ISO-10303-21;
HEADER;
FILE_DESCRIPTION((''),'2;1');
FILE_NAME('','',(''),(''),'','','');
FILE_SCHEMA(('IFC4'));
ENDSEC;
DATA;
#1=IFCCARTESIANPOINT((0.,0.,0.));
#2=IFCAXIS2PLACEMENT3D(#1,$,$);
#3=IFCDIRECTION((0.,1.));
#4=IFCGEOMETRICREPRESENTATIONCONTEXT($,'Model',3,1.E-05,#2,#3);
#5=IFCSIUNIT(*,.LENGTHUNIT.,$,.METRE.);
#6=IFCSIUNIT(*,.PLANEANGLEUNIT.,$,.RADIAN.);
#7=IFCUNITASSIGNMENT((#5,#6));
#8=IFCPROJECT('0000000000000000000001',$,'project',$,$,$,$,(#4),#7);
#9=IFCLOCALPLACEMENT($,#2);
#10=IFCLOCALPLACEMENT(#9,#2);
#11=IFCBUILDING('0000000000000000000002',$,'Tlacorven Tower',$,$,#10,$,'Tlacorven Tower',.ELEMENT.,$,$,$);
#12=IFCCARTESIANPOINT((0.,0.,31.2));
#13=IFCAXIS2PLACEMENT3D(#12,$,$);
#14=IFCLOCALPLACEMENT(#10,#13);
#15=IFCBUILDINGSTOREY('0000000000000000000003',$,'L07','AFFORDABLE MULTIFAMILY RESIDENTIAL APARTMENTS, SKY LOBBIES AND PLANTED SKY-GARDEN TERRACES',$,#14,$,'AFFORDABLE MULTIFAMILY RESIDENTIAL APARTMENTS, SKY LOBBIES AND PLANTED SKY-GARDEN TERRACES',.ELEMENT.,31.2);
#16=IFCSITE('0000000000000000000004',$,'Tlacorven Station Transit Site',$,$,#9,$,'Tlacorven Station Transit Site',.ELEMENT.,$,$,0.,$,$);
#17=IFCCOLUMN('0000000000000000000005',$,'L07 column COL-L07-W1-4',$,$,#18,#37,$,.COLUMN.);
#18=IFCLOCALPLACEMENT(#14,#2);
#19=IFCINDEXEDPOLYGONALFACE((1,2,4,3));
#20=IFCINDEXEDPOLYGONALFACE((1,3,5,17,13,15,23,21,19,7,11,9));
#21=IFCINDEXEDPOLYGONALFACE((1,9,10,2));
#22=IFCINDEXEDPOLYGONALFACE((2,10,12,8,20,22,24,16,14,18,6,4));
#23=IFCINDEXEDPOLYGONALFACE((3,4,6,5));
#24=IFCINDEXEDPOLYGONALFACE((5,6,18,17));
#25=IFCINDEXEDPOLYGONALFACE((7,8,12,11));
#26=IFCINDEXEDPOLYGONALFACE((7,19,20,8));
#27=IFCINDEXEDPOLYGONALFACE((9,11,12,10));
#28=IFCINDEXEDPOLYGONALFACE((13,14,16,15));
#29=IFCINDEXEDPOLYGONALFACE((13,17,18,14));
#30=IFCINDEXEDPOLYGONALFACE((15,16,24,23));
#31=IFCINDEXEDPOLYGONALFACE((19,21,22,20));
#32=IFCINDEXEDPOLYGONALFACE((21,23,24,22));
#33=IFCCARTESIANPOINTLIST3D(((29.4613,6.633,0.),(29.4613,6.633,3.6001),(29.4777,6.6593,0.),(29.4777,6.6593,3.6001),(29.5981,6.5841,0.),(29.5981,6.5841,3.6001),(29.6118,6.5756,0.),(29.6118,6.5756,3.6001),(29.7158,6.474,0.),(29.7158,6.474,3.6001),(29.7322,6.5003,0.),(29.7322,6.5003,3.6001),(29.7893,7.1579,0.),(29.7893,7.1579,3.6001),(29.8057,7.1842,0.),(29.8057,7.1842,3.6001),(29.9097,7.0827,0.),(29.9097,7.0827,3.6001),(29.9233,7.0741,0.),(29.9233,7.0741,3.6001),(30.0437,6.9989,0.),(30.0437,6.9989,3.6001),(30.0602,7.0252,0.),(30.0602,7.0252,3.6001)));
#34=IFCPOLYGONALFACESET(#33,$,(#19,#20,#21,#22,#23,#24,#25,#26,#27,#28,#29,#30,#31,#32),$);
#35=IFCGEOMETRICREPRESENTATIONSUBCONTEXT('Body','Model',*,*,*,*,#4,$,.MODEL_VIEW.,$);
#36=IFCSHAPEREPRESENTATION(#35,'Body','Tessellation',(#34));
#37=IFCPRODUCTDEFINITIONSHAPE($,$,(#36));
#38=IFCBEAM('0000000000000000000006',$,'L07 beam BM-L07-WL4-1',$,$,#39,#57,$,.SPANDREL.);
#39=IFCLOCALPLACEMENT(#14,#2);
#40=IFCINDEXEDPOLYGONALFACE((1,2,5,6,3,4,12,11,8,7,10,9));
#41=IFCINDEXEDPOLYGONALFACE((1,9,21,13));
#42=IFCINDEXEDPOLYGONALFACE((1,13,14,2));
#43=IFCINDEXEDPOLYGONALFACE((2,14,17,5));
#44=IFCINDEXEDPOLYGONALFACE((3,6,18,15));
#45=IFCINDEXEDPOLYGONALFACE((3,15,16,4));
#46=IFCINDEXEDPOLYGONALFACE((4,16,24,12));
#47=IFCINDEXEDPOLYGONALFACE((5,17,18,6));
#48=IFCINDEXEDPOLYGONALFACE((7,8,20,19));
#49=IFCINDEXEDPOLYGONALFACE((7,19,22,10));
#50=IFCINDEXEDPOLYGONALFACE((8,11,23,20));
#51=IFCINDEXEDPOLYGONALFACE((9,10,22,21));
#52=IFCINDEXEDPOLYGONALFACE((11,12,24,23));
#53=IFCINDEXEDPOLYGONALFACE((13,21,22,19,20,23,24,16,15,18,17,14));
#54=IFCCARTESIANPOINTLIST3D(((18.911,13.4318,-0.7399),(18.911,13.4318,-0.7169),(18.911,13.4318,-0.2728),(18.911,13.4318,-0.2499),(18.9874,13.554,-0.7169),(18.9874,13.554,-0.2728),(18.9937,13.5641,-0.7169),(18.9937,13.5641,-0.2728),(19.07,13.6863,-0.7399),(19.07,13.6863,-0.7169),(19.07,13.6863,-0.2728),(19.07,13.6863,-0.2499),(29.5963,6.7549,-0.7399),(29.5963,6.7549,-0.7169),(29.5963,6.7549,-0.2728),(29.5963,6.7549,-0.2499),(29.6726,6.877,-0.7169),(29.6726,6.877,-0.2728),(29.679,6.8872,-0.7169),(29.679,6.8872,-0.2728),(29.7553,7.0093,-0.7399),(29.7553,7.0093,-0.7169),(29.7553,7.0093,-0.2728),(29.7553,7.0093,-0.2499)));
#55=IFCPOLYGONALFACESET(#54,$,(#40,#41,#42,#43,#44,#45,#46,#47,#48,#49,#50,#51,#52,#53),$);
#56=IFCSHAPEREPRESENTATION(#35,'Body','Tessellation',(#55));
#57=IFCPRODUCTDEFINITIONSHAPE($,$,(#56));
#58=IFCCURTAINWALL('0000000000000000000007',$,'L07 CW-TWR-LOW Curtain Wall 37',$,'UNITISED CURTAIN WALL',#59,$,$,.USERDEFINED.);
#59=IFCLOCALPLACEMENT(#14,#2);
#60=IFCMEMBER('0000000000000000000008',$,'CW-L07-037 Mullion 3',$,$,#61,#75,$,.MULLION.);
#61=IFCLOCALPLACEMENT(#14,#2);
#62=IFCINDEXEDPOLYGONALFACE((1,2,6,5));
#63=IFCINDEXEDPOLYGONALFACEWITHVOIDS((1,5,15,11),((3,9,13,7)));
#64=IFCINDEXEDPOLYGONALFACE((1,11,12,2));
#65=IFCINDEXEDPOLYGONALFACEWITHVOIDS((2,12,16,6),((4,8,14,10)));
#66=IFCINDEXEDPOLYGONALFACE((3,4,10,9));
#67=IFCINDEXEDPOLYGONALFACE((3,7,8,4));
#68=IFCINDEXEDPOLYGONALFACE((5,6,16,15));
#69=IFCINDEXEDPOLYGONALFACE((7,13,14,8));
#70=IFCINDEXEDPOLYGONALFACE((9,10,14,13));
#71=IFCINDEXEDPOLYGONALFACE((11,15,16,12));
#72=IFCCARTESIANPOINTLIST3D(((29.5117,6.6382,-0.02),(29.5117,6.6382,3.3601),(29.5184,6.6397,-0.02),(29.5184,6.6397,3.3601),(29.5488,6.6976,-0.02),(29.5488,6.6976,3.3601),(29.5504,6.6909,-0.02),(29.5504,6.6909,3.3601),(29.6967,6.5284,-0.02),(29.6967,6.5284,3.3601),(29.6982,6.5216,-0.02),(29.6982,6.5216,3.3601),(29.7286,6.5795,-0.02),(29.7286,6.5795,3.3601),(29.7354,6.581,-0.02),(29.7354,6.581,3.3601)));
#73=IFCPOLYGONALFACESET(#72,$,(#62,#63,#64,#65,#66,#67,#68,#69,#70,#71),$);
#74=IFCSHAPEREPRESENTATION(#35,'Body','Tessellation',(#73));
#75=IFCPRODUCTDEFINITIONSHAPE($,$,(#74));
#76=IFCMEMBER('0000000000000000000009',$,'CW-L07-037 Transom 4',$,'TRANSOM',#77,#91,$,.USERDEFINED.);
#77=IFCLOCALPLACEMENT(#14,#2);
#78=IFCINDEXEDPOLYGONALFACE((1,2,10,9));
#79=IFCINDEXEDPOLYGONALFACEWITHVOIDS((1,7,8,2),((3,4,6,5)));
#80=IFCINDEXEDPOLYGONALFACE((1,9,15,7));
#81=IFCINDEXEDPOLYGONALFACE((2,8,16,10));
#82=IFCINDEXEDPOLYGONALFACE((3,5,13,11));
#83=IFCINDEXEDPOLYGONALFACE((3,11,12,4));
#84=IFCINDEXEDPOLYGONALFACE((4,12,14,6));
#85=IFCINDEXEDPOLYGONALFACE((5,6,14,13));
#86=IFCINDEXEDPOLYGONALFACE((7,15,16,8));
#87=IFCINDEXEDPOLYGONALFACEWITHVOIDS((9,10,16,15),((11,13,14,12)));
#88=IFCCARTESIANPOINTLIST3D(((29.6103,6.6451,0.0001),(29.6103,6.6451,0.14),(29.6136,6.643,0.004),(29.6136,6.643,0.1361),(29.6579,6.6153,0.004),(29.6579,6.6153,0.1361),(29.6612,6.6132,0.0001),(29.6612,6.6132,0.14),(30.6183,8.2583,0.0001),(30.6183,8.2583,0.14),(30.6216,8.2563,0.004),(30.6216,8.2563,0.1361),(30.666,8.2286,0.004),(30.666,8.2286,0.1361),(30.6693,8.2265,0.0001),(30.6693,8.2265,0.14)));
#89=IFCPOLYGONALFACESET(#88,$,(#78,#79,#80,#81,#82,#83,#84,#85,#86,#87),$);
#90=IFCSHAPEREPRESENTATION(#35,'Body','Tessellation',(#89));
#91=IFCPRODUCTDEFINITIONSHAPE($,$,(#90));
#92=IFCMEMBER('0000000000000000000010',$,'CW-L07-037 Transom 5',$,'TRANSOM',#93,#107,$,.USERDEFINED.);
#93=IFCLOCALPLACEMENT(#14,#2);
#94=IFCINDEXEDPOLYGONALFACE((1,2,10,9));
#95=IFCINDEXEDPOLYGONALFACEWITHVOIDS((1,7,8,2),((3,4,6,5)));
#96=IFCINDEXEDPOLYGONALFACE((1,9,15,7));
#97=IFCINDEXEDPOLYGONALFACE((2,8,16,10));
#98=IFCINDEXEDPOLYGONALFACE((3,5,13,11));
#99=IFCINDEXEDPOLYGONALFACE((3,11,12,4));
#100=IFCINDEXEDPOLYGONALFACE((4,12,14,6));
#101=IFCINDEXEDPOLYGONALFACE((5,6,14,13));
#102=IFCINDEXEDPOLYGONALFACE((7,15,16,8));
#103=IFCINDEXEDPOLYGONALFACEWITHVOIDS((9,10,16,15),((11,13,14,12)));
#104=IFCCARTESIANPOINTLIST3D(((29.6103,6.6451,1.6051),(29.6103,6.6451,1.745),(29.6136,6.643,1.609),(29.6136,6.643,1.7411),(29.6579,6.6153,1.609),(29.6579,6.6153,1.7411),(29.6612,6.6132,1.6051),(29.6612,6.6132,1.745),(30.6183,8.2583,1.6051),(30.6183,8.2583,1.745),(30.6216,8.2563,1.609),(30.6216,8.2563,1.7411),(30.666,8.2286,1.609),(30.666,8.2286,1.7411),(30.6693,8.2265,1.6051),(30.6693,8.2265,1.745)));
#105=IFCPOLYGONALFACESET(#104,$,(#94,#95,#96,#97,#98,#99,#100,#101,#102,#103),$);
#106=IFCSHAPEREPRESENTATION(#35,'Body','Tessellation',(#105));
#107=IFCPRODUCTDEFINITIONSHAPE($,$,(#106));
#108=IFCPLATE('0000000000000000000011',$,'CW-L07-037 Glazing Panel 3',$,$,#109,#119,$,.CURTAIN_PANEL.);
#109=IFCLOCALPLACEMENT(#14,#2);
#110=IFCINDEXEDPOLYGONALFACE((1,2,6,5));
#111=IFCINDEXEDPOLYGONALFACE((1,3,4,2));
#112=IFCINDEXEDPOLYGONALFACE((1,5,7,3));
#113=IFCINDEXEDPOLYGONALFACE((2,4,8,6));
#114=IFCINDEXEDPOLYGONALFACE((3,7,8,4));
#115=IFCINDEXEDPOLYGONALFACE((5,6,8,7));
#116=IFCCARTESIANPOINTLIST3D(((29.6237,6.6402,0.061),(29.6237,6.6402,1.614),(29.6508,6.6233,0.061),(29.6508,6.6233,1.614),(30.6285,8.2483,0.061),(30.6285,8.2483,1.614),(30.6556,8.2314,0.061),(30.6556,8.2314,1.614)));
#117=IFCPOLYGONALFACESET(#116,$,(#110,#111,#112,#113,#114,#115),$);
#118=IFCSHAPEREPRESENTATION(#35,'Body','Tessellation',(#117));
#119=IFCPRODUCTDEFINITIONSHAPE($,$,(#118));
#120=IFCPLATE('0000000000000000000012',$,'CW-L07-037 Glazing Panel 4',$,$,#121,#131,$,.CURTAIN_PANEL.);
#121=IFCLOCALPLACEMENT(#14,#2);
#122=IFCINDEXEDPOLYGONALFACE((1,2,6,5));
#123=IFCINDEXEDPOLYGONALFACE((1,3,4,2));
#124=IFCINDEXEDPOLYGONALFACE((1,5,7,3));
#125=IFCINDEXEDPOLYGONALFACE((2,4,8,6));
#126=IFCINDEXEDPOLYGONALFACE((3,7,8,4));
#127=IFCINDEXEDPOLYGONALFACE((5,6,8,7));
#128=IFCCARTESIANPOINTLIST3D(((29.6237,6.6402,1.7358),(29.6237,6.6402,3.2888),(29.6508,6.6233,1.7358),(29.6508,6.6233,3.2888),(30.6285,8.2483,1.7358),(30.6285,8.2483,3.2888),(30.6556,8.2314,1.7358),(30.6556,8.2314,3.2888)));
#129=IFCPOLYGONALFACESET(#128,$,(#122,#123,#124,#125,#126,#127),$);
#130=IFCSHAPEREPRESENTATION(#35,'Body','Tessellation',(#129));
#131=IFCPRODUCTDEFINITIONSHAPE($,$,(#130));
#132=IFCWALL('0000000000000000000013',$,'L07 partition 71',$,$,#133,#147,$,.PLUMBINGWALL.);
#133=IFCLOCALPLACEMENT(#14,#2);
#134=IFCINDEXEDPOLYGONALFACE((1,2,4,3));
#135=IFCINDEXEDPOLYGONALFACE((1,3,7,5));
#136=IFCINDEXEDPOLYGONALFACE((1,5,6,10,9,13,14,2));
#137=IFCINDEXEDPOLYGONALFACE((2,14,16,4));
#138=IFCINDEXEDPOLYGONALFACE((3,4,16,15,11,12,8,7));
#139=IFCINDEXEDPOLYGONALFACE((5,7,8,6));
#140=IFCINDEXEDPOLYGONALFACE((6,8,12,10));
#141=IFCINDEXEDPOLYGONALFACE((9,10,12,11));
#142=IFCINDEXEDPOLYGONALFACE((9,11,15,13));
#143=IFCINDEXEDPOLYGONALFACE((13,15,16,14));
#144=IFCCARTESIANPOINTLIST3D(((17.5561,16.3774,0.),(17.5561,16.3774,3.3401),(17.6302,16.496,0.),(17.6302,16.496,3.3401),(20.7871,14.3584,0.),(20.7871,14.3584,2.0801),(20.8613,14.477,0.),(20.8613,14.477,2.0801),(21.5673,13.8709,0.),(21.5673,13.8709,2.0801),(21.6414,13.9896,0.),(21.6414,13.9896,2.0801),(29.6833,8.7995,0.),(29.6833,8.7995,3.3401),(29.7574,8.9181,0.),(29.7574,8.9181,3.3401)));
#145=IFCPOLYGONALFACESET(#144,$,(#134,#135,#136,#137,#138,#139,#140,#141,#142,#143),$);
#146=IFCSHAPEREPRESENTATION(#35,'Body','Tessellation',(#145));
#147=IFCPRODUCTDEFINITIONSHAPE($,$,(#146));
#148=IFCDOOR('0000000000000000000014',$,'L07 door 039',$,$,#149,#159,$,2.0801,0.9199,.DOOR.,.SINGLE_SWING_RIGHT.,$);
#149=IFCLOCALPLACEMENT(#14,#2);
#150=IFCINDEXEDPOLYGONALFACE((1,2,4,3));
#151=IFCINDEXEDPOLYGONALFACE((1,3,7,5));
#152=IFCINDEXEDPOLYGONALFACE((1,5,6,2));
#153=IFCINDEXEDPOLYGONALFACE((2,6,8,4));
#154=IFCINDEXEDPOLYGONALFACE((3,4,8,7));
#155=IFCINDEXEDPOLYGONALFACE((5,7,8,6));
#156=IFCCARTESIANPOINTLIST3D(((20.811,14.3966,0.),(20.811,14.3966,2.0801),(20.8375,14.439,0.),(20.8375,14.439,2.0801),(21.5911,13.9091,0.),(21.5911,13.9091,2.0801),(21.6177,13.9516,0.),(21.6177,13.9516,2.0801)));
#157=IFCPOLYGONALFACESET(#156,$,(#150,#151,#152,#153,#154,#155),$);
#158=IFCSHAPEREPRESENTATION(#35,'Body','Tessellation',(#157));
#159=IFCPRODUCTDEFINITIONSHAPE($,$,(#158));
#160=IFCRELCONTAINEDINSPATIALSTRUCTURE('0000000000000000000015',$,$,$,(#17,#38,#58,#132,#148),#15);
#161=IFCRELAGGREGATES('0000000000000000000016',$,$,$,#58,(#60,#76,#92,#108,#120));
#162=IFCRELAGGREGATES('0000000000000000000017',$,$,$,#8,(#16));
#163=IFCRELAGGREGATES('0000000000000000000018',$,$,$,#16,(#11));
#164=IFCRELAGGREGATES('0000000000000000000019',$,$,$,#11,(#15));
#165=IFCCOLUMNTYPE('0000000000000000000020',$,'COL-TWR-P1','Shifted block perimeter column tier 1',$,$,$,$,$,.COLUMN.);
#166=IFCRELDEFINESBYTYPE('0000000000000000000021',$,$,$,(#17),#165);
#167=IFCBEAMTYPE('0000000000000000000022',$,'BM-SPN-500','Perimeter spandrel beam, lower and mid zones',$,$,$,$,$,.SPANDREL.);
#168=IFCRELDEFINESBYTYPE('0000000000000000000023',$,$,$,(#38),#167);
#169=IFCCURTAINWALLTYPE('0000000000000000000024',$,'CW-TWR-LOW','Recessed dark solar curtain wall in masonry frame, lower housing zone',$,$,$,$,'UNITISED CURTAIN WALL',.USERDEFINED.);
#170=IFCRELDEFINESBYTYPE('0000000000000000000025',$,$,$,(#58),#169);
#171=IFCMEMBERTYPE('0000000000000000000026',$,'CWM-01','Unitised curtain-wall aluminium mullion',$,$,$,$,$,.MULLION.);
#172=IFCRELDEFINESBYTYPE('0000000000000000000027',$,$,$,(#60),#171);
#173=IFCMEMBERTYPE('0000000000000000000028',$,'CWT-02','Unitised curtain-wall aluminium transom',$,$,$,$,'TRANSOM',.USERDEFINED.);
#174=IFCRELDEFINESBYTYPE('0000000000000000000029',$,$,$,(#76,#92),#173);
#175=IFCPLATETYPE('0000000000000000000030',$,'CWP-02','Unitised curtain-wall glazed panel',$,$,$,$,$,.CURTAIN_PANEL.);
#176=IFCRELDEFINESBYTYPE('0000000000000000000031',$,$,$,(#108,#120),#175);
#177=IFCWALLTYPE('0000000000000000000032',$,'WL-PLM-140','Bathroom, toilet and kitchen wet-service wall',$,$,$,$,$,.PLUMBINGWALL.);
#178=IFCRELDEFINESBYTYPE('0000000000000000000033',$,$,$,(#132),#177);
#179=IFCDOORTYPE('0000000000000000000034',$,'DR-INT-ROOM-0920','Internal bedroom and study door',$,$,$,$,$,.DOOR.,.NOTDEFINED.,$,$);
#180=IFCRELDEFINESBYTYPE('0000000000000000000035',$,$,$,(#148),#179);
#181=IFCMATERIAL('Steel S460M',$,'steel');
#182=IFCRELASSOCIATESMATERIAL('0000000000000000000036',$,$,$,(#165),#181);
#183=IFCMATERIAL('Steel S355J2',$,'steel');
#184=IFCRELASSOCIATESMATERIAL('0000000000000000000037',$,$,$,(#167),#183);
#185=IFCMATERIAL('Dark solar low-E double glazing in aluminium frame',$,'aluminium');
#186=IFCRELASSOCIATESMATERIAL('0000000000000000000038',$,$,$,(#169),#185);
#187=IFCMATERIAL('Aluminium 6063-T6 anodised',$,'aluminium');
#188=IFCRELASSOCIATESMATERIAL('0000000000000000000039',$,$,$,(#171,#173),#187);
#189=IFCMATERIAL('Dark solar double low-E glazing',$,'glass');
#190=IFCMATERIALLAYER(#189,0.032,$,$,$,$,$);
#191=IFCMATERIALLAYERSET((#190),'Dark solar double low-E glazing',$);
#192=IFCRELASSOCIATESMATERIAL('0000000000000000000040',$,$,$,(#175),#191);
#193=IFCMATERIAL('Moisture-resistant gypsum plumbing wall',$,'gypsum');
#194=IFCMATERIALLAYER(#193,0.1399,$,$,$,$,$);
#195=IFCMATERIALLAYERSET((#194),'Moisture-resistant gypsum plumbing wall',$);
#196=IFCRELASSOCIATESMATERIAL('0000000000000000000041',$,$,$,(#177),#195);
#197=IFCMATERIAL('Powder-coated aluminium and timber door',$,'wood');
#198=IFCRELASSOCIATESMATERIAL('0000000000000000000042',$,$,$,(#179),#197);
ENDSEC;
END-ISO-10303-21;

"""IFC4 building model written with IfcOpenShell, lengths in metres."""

from ifc_helpers import new_model, si_unit, direction, frame, frame_2d, origin, origin_2d, place, context, subcontext, project, spatial, rectangle, hollow_rectangle, i_section, extrude, source, transform, mapped, material, layer, layer_set, material_profile, profile_set, type_object, element, fill, aggregate, save


model = new_model("IFC4")

# Units and contexts
model_context = context("Model", 3, precision=1e-05, world=origin(), true_north=direction((0.0, 1.0)))
body_context = subcontext(model_context, "Body", "Model", "MODEL_VIEW")
ifc_project = project(units=[si_unit("LENGTHUNIT", "METRE"), si_unit("PLANEANGLEUNIT", "RADIAN")], contexts=[model_context])

# Site, building, storey
site_placement = place(None, origin())
site = spatial("IfcSite", under=ifc_project, at=site_placement, Name="Tlacorven Station Transit Site", LongName="Tlacorven Station Transit Site", CompositionType="ELEMENT", RefElevation=0.0)
building_placement = place(site_placement, origin())
building = spatial("IfcBuilding", under=site, at=building_placement, Name="Tlacorven Tower", LongName="Tlacorven Tower", CompositionType="ELEMENT")
storey_placement = place(building_placement, frame((0.0, 0.0, 31.2)))
storey = spatial("IfcBuildingStorey", under=building, at=storey_placement, Name="L07", Description="AFFORDABLE MULTIFAMILY RESIDENTIAL APARTMENTS, SKY LOBBIES AND PLANTED SKY-GARDEN TERRACES", LongName="AFFORDABLE MULTIFAMILY RESIDENTIAL APARTMENTS, SKY LOBBIES AND PLANTED SKY-GARDEN TERRACES", CompositionType="ELEMENT", Elevation=31.2)

# Column
ifc_material_1 = material(Name="Steel S460M", Category="steel")
ifc_material_profile_1 = material_profile(ifc_material_1, i_section(OverallWidth=0.3, OverallDepth=0.6499, WebThickness=0.0161, FlangeThickness=0.031, at=origin_2d()), Name="HEB 650")
ifc_profile_set_1 = profile_set([ifc_material_profile_1], Name="Steel S460M")
column_type = type_object("IfcColumnType", Name="COL-TWR-P1", Description="Shifted block perimeter column tier 1", PredefinedType="COLUMN", material=ifc_profile_set_1)
shared_shape_1 = source(origin(), body_context, "Body", "SweptSolid", [
    extrude(i_section(OverallWidth=0.3, OverallDepth=0.6499, WebThickness=0.0161, FlangeThickness=0.031, at=origin_2d()), origin(), (0.0, 0.0, 1.0), 3.6001),
])
column_placement = place(storey_placement, frame((29.7607, 6.8291, 0.0), z_axis=(0.0, 0.0, 1.0), x_axis=(-0.848048, 0.529919, 0.0)))
element("IfcColumn", 1, at=column_placement, inside=storey, type_object=column_type, Name="L07 column COL-L07-W1-4", PredefinedType="COLUMN", context=body_context, shape_type="MappedRepresentation", body=[
    mapped(shared_shape_1, transform((0.0, 0.0, 0.0), scale=1.0)),
])

# Beam
ifc_material_2 = material(Name="Steel S355J2", Category="steel")
ifc_material_profile_2 = material_profile(ifc_material_2, i_section(OverallWidth=0.3, OverallDepth=0.49, WebThickness=0.012, FlangeThickness=0.0229, at=origin_2d()), Name="HEA 500")
ifc_profile_set_2 = profile_set([ifc_material_profile_2], Name="Steel S355J2")
beam_type = type_object("IfcBeamType", Name="BM-SPN-500", Description="Perimeter spandrel beam, lower and mid zones", PredefinedType="SPANDREL", material=ifc_profile_set_2)
shared_shape_2 = source(origin(), body_context, "Body", "SweptSolid", [
    extrude(i_section(OverallWidth=0.3, OverallDepth=0.49, WebThickness=0.012, FlangeThickness=0.0229, at=origin_2d()), origin(), (0.0, 0.0, 1.0), 12.5999),
])
beam_placement = place(storey_placement, frame((29.6758, 6.8821, -0.4949), z_axis=(-0.848045, 0.529924, 0.0), x_axis=(-0.529924, -0.848045, 0.0)))
element("IfcBeam", 2, at=beam_placement, inside=storey, type_object=beam_type, Name="L07 beam BM-L07-WL4-1", PredefinedType="SPANDREL", context=body_context, shape_type="MappedRepresentation", body=[
    mapped(shared_shape_2, transform((0.0, 0.0, 0.0), scale=1.0)),
])

# Curtain wall, members, plates
ifc_material_3 = material(Name="Dark solar low-E double glazing in aluminium frame", Category="aluminium")
curtain_wall_type = type_object("IfcCurtainWallType", Name="CW-TWR-LOW", Description="Recessed dark solar curtain wall in masonry frame, lower housing zone", ElementType="UNITISED CURTAIN WALL", PredefinedType="USERDEFINED", material=ifc_material_3)
curtain_wall_placement = place(storey_placement, origin())
curtain_wall = element("IfcCurtainWall", 3, at=curtain_wall_placement, inside=storey, type_object=curtain_wall_type, Name="L07 CW-TWR-LOW Curtain Wall 37", ObjectType="UNITISED CURTAIN WALL", PredefinedType="USERDEFINED")
ifc_material_4 = material(Name="Aluminium 6063-T6 anodised", Category="aluminium")
ifc_material_profile_3 = material_profile(ifc_material_4, hollow_rectangle(XDim=0.0701, YDim=0.22, WallThickness=0.0049, at=origin_2d()), Name="ALU MULLION 70X220")
ifc_profile_set_3 = profile_set([ifc_material_profile_3], Name="Aluminium 6063-T6 anodised")
member_type_1 = type_object("IfcMemberType", Name="CWM-01", Description="Unitised curtain-wall aluminium mullion", PredefinedType="MULLION", material=ifc_profile_set_3)
shared_shape_3 = source(origin(), body_context, "Body", "SweptSolid", [
    extrude(hollow_rectangle(XDim=0.0701, YDim=0.22, WallThickness=0.0049, at=origin_2d()), origin(), (0.0, 0.0, 1.0), 3.3801),
])
member_1_placement = place(storey_placement, frame((29.6235, 6.6096, -0.02), z_axis=(0.0, 0.0, 1.0), x_axis=(-0.529919, -0.848048, 0.0)))
member_1 = element("IfcMember", 4, at=member_1_placement, type_object=member_type_1, Name="CW-L07-037 Mullion 3", PredefinedType="MULLION", context=body_context, shape_type="MappedRepresentation", body=[
    mapped(shared_shape_3, transform((0.0, 0.0, 0.0), scale=1.0)),
])
ifc_material_profile_4 = material_profile(ifc_material_4, hollow_rectangle(XDim=0.0601, YDim=0.1399, WallThickness=0.0039, at=origin_2d()), Name="ALU TRANSOM 60X140")
ifc_profile_set_4 = profile_set([ifc_material_profile_4], Name="Aluminium 6063-T6 anodised")
member_type_2 = type_object("IfcMemberType", Name="CWT-02", Description="Unitised curtain-wall aluminium transom", ElementType="TRANSOM", PredefinedType="USERDEFINED", material=ifc_profile_set_4)
shared_shape_4 = source(origin(), body_context, "Body", "SweptSolid", [
    extrude(hollow_rectangle(XDim=0.0601, YDim=0.1399, WallThickness=0.0039, at=origin_2d()), origin(), (0.0, 0.0, 1.0), 1.9023),
])
member_2_placement = place(storey_placement, frame((30.6438, 8.2424, 0.0701), z_axis=(-0.529907, -0.848056, 0.0), x_axis=(0.848056, -0.529907, 0.0)))
member_2 = element("IfcMember", 5, at=member_2_placement, type_object=member_type_2, Name="CW-L07-037 Transom 4", ObjectType="TRANSOM", PredefinedType="USERDEFINED", context=body_context, shape_type="MappedRepresentation", body=[
    mapped(shared_shape_4, transform((0.0, 0.0, 0.0), scale=1.0)),
])
member_3_placement = place(storey_placement, frame((30.6438, 8.2424, 1.675), z_axis=(-0.529907, -0.848056, 0.0), x_axis=(0.848056, -0.529907, 0.0)))
member_3 = element("IfcMember", 6, at=member_3_placement, type_object=member_type_2, Name="CW-L07-037 Transom 5", ObjectType="TRANSOM", PredefinedType="USERDEFINED", context=body_context, shape_type="MappedRepresentation", body=[
    mapped(shared_shape_4, transform((0.0, 0.0, 0.0), scale=1.0)),
])
ifc_material_5 = material(Name="Dark solar double low-E glazing", Category="glass")
ifc_layer_1 = layer(ifc_material_5, 0.032)
ifc_layer_set_1 = layer_set([ifc_layer_1], Name="Dark solar double low-E glazing")
plate_type = type_object("IfcPlateType", Name="CWP-02", Description="Unitised curtain-wall glazed panel", PredefinedType="CURTAIN_PANEL", material=ifc_layer_set_1)
shared_shape_5 = source(origin(), body_context, "Body", "SweptSolid", [
    extrude(rectangle(XDim=1.8962, YDim=0.032, at=origin_2d()), origin(), (0.0, 0.0, 1.0), 1.553),
])
plate_1_placement = place(storey_placement, frame((30.1396, 7.4358, 0.061), z_axis=(0.0, 0.0, 1.0), x_axis=(-0.529919, -0.848048, 0.0)))
plate_1 = element("IfcPlate", 7, at=plate_1_placement, type_object=plate_type, Name="CW-L07-037 Glazing Panel 3", PredefinedType="CURTAIN_PANEL", context=body_context, shape_type="MappedRepresentation", body=[
    mapped(shared_shape_5, transform((0.0, 0.0, 0.0), scale=1.0)),
])
plate_2_placement = place(storey_placement, frame((30.1396, 7.4358, 1.7358), z_axis=(0.0, 0.0, 1.0), x_axis=(-0.529919, -0.848048, 0.0)))
plate_2 = element("IfcPlate", 8, at=plate_2_placement, type_object=plate_type, Name="CW-L07-037 Glazing Panel 4", PredefinedType="CURTAIN_PANEL", context=body_context, shape_type="MappedRepresentation", body=[
    mapped(shared_shape_5, transform((0.0, 0.0, 0.0), scale=1.0)),
])
aggregate(curtain_wall, [member_1, member_2, member_3, plate_1, plate_2])

# Shared definitions
ifc_material_6 = material(Name="Powder-coated aluminium and timber door", Category="wood")

# Wall, opening, door
ifc_material_7 = material(Name="Moisture-resistant gypsum plumbing wall", Category="gypsum")
ifc_layer_2 = layer(ifc_material_7, 0.1399)
ifc_layer_set_2 = layer_set([ifc_layer_2], Name="Moisture-resistant gypsum plumbing wall")
wall_type_1 = type_object("IfcWallType", Name="WL-PLM-140", Description="Bathroom, toilet and kitchen wet-service wall", PredefinedType="PLUMBINGWALL", material=ifc_layer_set_2)
wall_1_placement = place(storey_placement, frame((29.7202, 8.8589, 0.0), z_axis=(0.0, 0.0, 1.0), x_axis=(-0.848049, 0.529918, 0.0)))
wall_1 = element("IfcWall", 9, at=wall_1_placement, inside=storey, type_object=wall_type_1, Name="L07 partition 71", PredefinedType="PLUMBINGWALL", context=body_context, shape_type="SweptSolid", body=[
    extrude(rectangle(XDim=14.3, YDim=0.1399, at=frame_2d((7.1499, 0.0))), origin(), (0.0, 0.0, 1.0), 3.3401),
])
opening_1_placement = place(wall_1_placement, frame((9.5701, 0.0, 0.0)))
opening_1 = element("IfcOpeningElement", 10, at=opening_1_placement, cuts=wall_1, PredefinedType="OPENING", context=body_context, shape_type="SweptSolid", body=[
    extrude(rectangle(XDim=0.9199, YDim=2.0801, at=frame_2d((0.46, 1.04))), frame((0.0, 0.0801, 0.0), z_axis=(0.0, -1.0, 0.0), x_axis=(1.0, 0.0, 0.0)), (0.0, 0.0, 1.0), 0.1599),
])
door_type_1 = type_object("IfcDoorType", Name="DR-INT-ROOM-0920", Description="Internal bedroom and study door", OperationType="NOTDEFINED", PredefinedType="DOOR", material=ifc_material_6)
shared_shape_6 = source(origin(), body_context, "Body", "SweptSolid", [
    extrude(rectangle(XDim=0.9199, YDim=2.0801, at=frame_2d((0.46, 1.04))), frame((0.0, 0.0249, 0.0), z_axis=(0.0, -1.0, 0.0), x_axis=(1.0, 0.0, 0.0)), (0.0, 0.0, 1.0), 0.05),
])
door_1_placement = place(opening_1_placement, origin())
door_1 = element("IfcDoor", 11, at=door_1_placement, inside=storey, type_object=door_type_1, Name="L07 door 039", OperationType="SINGLE_SWING_RIGHT", OverallHeight=2.0801, OverallWidth=0.9199, PredefinedType="DOOR", context=body_context, shape_type="MappedRepresentation", body=[
    mapped(shared_shape_6, transform((0.0, 0.0, 0.0), scale=1.0)),
])
fill(opening_1, door_1)

save(model, "model.ifc")
